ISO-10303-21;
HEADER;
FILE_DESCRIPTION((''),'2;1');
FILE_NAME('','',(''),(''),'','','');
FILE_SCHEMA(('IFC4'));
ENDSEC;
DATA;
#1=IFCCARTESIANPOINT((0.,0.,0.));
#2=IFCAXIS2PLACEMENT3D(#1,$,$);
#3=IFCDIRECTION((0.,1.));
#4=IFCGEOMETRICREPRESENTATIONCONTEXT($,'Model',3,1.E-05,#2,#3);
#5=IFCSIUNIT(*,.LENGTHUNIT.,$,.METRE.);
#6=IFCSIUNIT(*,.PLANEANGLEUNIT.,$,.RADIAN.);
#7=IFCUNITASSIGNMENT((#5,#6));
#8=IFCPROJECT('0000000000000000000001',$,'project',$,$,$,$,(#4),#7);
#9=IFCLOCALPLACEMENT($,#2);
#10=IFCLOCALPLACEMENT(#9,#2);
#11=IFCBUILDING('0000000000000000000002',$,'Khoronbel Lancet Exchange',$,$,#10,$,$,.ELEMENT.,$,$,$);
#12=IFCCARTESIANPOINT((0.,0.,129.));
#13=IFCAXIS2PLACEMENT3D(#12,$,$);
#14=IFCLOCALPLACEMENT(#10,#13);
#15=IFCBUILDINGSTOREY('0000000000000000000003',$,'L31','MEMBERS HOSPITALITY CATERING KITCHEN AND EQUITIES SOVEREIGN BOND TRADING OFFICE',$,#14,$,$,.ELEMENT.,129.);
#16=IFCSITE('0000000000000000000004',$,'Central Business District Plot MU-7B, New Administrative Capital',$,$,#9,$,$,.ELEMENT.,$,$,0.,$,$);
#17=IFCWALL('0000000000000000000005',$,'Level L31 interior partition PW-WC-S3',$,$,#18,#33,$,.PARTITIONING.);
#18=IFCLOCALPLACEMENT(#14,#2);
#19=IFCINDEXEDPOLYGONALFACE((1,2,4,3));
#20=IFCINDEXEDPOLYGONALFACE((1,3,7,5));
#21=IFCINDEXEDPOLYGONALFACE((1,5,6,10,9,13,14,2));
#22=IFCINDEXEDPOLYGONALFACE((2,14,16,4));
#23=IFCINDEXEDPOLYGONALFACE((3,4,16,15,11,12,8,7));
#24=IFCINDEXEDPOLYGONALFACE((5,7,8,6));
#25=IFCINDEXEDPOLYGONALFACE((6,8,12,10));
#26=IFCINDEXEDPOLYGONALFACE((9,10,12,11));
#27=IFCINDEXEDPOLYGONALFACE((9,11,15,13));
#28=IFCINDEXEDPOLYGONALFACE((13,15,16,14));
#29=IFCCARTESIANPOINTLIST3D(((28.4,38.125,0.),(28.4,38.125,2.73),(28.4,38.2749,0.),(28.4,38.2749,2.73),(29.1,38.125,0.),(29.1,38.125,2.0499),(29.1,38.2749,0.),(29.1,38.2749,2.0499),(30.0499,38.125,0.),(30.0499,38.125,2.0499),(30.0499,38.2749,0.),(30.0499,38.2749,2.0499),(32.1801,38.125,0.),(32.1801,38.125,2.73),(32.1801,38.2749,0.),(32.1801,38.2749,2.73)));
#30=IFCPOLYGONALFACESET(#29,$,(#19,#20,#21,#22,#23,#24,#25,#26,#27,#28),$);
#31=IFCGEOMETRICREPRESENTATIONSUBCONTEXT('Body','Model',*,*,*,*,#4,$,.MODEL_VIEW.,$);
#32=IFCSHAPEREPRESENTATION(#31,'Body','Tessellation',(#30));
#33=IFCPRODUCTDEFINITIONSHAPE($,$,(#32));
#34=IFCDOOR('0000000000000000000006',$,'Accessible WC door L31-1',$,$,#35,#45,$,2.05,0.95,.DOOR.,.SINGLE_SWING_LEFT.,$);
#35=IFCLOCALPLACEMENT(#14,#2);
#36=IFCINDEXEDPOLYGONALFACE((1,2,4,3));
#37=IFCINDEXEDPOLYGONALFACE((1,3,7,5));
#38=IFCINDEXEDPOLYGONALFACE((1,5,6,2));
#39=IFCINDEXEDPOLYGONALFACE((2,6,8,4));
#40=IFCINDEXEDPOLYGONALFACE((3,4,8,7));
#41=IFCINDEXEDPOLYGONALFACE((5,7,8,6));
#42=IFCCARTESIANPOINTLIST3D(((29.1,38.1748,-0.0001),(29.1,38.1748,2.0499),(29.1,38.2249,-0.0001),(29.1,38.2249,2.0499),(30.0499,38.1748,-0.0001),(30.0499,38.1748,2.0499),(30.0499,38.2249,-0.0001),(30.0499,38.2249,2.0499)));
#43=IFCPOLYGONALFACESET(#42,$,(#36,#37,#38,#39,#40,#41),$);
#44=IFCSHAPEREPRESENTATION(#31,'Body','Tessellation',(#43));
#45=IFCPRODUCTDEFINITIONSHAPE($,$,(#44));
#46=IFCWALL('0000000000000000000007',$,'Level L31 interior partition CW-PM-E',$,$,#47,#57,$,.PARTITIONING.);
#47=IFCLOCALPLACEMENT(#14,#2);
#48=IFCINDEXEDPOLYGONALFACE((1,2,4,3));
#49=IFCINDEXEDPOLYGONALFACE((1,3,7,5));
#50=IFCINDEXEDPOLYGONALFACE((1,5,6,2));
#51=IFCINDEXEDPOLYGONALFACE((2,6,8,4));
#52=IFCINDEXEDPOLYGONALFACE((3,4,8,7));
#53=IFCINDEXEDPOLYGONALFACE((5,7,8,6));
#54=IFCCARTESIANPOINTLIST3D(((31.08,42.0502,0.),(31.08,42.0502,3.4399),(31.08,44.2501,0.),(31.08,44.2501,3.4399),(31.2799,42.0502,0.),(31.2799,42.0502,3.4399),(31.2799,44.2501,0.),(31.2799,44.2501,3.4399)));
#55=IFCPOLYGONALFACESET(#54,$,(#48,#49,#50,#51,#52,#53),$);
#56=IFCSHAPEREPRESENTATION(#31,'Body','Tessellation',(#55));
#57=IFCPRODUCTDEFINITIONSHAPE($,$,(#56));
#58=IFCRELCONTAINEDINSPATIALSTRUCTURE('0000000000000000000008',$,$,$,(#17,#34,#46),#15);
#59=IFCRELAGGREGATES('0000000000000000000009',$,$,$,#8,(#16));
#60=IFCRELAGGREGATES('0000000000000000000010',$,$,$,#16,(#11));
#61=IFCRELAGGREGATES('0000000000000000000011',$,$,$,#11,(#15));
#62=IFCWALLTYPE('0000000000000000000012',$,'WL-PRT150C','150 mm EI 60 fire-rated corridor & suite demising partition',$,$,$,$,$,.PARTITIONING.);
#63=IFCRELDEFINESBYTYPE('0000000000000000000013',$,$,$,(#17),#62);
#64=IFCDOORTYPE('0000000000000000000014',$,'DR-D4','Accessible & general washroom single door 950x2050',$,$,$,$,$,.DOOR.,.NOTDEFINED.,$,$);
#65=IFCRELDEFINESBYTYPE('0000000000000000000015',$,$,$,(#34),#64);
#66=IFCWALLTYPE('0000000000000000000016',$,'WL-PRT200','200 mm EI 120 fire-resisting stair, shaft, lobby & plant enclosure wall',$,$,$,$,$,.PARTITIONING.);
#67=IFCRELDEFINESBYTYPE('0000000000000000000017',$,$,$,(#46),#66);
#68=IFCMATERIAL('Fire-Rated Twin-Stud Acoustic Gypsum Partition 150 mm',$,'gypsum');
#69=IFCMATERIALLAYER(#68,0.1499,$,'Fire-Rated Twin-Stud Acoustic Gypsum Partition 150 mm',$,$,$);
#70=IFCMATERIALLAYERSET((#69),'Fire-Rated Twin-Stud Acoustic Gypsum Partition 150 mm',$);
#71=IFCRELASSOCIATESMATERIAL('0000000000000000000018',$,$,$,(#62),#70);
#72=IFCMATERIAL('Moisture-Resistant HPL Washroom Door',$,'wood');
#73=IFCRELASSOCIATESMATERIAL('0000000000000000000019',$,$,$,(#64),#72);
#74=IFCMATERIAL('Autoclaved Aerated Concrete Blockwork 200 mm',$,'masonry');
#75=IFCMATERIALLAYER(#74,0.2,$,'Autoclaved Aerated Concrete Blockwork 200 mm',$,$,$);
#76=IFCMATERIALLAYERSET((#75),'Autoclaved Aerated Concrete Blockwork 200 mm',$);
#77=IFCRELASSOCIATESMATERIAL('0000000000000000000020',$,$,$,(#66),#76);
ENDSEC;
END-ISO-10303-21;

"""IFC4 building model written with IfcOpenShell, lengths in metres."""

from ifc_helpers import new_model, si_unit, direction, frame, frame_2d, origin, place, context, subcontext, project, spatial, rectangle, extrude, material, layer, layer_set, type_object, element, fill, save


model = new_model("IFC4")

# Units and contexts
model_context = context("Model", 3, precision=1e-05, world=origin(), true_north=direction((0.0, 1.0)))
body_context = subcontext(model_context, "Body", "Model", "MODEL_VIEW")
ifc_project = project(units=[si_unit("LENGTHUNIT", "METRE"), si_unit("PLANEANGLEUNIT", "RADIAN")], contexts=[model_context])

# Site, building, storey
site_placement = place(None, origin())
site = spatial("IfcSite", under=ifc_project, at=site_placement, Name="Central Business District Plot MU-7B, New Administrative Capital", CompositionType="ELEMENT", RefElevation=0.0)
building_placement = place(site_placement, origin())
building = spatial("IfcBuilding", under=site, at=building_placement, Name="Khoronbel Lancet Exchange", CompositionType="ELEMENT")
storey_placement = place(building_placement, frame((0.0, 0.0, 129.0)))
storey = spatial("IfcBuildingStorey", under=building, at=storey_placement, Name="L31", Description="MEMBERS HOSPITALITY CATERING KITCHEN AND EQUITIES SOVEREIGN BOND TRADING OFFICE", CompositionType="ELEMENT", Elevation=129.0)

# Wall, opening, door
ifc_material_1 = material(Name="Fire-Rated Twin-Stud Acoustic Gypsum Partition 150 mm", Category="gypsum")
ifc_layer_1 = layer(ifc_material_1, 0.1499, Name="Fire-Rated Twin-Stud Acoustic Gypsum Partition 150 mm")
ifc_layer_set_1 = layer_set([ifc_layer_1], Name="Fire-Rated Twin-Stud Acoustic Gypsum Partition 150 mm")
wall_type_1 = type_object("IfcWallType", Name="WL-PRT150C", Description="150 mm EI 60 fire-rated corridor & suite demising partition", PredefinedType="PARTITIONING", material=ifc_layer_set_1)
wall_1_placement = place(storey_placement, frame((28.3999, 38.2, 0.0), z_axis=(0.0, 0.0, 1.0), x_axis=(1.0, 0.0, 0.0)))
wall_1 = element("IfcWall", 1, at=wall_1_placement, inside=storey, type_object=wall_type_1, Name="Level L31 interior partition PW-WC-S3", PredefinedType="PARTITIONING", context=body_context, shape_type="SweptSolid", body=[
    extrude(rectangle(XDim=3.78, YDim=0.1499, at=frame_2d((1.8901, 0.0))), origin(), (0.0, 0.0, 1.0), 2.73),
])
opening_placement = place(wall_1_placement, frame((0.7, 0.0, 0.0)))
opening = element("IfcOpeningElement", 2, at=opening_placement, cuts=wall_1, PredefinedType="OPENING", context=body_context, shape_type="SweptSolid", body=[
    extrude(rectangle(XDim=0.95, YDim=2.05, at=frame_2d((0.4751, 1.0249))), frame((0.0, 0.085, 0.0), z_axis=(0.0, -1.0, 0.0), x_axis=(1.0, 0.0, 0.0)), (0.0, 0.0, 1.0), 0.1699),
])
ifc_material_2 = material(Name="Moisture-Resistant HPL Washroom Door", Category="wood")
door_type = type_object("IfcDoorType", Name="DR-D4", Description="Accessible & general washroom single door 950x2050", OperationType="NOTDEFINED", PredefinedType="DOOR", material=ifc_material_2)
door_placement = place(opening_placement, origin())
door = element("IfcDoor", 3, at=door_placement, inside=storey, type_object=door_type, Name="Accessible WC door L31-1", OperationType="SINGLE_SWING_LEFT", OverallHeight=2.05, OverallWidth=0.95, PredefinedType="DOOR", context=body_context, shape_type="SweptSolid", body=[
    extrude(rectangle(XDim=0.95, YDim=2.05, at=frame_2d((0.4751, 1.0249))), frame((0.0, 0.0249, 0.0), z_axis=(0.0, -1.0, 0.0), x_axis=(1.0, 0.0, 0.0)), (0.0, 0.0, 1.0), 0.05),
])
fill(opening, door)

# Wall
ifc_material_3 = material(Name="Autoclaved Aerated Concrete Blockwork 200 mm", Category="masonry")
ifc_layer_2 = layer(ifc_material_3, 0.2, Name="Autoclaved Aerated Concrete Blockwork 200 mm")
ifc_layer_set_2 = layer_set([ifc_layer_2], Name="Autoclaved Aerated Concrete Blockwork 200 mm")
wall_type_2 = type_object("IfcWallType", Name="WL-PRT200", Description="200 mm EI 120 fire-resisting stair, shaft, lobby & plant enclosure wall", PredefinedType="PARTITIONING", material=ifc_layer_set_2)
wall_2_placement = place(storey_placement, frame((31.1799, 42.05, 0.0), z_axis=(0.0, 0.0, 1.0), x_axis=(0.0, 1.0, 0.0)))
element("IfcWall", 4, at=wall_2_placement, inside=storey, type_object=wall_type_2, Name="Level L31 interior partition CW-PM-E", PredefinedType="PARTITIONING", context=body_context, shape_type="SweptSolid", body=[
    extrude(rectangle(XDim=2.2, YDim=0.2, at=frame_2d((1.1001, 0.0))), origin(), (0.0, 0.0, 1.0), 3.4399),
])

save(model, "model.ifc")
